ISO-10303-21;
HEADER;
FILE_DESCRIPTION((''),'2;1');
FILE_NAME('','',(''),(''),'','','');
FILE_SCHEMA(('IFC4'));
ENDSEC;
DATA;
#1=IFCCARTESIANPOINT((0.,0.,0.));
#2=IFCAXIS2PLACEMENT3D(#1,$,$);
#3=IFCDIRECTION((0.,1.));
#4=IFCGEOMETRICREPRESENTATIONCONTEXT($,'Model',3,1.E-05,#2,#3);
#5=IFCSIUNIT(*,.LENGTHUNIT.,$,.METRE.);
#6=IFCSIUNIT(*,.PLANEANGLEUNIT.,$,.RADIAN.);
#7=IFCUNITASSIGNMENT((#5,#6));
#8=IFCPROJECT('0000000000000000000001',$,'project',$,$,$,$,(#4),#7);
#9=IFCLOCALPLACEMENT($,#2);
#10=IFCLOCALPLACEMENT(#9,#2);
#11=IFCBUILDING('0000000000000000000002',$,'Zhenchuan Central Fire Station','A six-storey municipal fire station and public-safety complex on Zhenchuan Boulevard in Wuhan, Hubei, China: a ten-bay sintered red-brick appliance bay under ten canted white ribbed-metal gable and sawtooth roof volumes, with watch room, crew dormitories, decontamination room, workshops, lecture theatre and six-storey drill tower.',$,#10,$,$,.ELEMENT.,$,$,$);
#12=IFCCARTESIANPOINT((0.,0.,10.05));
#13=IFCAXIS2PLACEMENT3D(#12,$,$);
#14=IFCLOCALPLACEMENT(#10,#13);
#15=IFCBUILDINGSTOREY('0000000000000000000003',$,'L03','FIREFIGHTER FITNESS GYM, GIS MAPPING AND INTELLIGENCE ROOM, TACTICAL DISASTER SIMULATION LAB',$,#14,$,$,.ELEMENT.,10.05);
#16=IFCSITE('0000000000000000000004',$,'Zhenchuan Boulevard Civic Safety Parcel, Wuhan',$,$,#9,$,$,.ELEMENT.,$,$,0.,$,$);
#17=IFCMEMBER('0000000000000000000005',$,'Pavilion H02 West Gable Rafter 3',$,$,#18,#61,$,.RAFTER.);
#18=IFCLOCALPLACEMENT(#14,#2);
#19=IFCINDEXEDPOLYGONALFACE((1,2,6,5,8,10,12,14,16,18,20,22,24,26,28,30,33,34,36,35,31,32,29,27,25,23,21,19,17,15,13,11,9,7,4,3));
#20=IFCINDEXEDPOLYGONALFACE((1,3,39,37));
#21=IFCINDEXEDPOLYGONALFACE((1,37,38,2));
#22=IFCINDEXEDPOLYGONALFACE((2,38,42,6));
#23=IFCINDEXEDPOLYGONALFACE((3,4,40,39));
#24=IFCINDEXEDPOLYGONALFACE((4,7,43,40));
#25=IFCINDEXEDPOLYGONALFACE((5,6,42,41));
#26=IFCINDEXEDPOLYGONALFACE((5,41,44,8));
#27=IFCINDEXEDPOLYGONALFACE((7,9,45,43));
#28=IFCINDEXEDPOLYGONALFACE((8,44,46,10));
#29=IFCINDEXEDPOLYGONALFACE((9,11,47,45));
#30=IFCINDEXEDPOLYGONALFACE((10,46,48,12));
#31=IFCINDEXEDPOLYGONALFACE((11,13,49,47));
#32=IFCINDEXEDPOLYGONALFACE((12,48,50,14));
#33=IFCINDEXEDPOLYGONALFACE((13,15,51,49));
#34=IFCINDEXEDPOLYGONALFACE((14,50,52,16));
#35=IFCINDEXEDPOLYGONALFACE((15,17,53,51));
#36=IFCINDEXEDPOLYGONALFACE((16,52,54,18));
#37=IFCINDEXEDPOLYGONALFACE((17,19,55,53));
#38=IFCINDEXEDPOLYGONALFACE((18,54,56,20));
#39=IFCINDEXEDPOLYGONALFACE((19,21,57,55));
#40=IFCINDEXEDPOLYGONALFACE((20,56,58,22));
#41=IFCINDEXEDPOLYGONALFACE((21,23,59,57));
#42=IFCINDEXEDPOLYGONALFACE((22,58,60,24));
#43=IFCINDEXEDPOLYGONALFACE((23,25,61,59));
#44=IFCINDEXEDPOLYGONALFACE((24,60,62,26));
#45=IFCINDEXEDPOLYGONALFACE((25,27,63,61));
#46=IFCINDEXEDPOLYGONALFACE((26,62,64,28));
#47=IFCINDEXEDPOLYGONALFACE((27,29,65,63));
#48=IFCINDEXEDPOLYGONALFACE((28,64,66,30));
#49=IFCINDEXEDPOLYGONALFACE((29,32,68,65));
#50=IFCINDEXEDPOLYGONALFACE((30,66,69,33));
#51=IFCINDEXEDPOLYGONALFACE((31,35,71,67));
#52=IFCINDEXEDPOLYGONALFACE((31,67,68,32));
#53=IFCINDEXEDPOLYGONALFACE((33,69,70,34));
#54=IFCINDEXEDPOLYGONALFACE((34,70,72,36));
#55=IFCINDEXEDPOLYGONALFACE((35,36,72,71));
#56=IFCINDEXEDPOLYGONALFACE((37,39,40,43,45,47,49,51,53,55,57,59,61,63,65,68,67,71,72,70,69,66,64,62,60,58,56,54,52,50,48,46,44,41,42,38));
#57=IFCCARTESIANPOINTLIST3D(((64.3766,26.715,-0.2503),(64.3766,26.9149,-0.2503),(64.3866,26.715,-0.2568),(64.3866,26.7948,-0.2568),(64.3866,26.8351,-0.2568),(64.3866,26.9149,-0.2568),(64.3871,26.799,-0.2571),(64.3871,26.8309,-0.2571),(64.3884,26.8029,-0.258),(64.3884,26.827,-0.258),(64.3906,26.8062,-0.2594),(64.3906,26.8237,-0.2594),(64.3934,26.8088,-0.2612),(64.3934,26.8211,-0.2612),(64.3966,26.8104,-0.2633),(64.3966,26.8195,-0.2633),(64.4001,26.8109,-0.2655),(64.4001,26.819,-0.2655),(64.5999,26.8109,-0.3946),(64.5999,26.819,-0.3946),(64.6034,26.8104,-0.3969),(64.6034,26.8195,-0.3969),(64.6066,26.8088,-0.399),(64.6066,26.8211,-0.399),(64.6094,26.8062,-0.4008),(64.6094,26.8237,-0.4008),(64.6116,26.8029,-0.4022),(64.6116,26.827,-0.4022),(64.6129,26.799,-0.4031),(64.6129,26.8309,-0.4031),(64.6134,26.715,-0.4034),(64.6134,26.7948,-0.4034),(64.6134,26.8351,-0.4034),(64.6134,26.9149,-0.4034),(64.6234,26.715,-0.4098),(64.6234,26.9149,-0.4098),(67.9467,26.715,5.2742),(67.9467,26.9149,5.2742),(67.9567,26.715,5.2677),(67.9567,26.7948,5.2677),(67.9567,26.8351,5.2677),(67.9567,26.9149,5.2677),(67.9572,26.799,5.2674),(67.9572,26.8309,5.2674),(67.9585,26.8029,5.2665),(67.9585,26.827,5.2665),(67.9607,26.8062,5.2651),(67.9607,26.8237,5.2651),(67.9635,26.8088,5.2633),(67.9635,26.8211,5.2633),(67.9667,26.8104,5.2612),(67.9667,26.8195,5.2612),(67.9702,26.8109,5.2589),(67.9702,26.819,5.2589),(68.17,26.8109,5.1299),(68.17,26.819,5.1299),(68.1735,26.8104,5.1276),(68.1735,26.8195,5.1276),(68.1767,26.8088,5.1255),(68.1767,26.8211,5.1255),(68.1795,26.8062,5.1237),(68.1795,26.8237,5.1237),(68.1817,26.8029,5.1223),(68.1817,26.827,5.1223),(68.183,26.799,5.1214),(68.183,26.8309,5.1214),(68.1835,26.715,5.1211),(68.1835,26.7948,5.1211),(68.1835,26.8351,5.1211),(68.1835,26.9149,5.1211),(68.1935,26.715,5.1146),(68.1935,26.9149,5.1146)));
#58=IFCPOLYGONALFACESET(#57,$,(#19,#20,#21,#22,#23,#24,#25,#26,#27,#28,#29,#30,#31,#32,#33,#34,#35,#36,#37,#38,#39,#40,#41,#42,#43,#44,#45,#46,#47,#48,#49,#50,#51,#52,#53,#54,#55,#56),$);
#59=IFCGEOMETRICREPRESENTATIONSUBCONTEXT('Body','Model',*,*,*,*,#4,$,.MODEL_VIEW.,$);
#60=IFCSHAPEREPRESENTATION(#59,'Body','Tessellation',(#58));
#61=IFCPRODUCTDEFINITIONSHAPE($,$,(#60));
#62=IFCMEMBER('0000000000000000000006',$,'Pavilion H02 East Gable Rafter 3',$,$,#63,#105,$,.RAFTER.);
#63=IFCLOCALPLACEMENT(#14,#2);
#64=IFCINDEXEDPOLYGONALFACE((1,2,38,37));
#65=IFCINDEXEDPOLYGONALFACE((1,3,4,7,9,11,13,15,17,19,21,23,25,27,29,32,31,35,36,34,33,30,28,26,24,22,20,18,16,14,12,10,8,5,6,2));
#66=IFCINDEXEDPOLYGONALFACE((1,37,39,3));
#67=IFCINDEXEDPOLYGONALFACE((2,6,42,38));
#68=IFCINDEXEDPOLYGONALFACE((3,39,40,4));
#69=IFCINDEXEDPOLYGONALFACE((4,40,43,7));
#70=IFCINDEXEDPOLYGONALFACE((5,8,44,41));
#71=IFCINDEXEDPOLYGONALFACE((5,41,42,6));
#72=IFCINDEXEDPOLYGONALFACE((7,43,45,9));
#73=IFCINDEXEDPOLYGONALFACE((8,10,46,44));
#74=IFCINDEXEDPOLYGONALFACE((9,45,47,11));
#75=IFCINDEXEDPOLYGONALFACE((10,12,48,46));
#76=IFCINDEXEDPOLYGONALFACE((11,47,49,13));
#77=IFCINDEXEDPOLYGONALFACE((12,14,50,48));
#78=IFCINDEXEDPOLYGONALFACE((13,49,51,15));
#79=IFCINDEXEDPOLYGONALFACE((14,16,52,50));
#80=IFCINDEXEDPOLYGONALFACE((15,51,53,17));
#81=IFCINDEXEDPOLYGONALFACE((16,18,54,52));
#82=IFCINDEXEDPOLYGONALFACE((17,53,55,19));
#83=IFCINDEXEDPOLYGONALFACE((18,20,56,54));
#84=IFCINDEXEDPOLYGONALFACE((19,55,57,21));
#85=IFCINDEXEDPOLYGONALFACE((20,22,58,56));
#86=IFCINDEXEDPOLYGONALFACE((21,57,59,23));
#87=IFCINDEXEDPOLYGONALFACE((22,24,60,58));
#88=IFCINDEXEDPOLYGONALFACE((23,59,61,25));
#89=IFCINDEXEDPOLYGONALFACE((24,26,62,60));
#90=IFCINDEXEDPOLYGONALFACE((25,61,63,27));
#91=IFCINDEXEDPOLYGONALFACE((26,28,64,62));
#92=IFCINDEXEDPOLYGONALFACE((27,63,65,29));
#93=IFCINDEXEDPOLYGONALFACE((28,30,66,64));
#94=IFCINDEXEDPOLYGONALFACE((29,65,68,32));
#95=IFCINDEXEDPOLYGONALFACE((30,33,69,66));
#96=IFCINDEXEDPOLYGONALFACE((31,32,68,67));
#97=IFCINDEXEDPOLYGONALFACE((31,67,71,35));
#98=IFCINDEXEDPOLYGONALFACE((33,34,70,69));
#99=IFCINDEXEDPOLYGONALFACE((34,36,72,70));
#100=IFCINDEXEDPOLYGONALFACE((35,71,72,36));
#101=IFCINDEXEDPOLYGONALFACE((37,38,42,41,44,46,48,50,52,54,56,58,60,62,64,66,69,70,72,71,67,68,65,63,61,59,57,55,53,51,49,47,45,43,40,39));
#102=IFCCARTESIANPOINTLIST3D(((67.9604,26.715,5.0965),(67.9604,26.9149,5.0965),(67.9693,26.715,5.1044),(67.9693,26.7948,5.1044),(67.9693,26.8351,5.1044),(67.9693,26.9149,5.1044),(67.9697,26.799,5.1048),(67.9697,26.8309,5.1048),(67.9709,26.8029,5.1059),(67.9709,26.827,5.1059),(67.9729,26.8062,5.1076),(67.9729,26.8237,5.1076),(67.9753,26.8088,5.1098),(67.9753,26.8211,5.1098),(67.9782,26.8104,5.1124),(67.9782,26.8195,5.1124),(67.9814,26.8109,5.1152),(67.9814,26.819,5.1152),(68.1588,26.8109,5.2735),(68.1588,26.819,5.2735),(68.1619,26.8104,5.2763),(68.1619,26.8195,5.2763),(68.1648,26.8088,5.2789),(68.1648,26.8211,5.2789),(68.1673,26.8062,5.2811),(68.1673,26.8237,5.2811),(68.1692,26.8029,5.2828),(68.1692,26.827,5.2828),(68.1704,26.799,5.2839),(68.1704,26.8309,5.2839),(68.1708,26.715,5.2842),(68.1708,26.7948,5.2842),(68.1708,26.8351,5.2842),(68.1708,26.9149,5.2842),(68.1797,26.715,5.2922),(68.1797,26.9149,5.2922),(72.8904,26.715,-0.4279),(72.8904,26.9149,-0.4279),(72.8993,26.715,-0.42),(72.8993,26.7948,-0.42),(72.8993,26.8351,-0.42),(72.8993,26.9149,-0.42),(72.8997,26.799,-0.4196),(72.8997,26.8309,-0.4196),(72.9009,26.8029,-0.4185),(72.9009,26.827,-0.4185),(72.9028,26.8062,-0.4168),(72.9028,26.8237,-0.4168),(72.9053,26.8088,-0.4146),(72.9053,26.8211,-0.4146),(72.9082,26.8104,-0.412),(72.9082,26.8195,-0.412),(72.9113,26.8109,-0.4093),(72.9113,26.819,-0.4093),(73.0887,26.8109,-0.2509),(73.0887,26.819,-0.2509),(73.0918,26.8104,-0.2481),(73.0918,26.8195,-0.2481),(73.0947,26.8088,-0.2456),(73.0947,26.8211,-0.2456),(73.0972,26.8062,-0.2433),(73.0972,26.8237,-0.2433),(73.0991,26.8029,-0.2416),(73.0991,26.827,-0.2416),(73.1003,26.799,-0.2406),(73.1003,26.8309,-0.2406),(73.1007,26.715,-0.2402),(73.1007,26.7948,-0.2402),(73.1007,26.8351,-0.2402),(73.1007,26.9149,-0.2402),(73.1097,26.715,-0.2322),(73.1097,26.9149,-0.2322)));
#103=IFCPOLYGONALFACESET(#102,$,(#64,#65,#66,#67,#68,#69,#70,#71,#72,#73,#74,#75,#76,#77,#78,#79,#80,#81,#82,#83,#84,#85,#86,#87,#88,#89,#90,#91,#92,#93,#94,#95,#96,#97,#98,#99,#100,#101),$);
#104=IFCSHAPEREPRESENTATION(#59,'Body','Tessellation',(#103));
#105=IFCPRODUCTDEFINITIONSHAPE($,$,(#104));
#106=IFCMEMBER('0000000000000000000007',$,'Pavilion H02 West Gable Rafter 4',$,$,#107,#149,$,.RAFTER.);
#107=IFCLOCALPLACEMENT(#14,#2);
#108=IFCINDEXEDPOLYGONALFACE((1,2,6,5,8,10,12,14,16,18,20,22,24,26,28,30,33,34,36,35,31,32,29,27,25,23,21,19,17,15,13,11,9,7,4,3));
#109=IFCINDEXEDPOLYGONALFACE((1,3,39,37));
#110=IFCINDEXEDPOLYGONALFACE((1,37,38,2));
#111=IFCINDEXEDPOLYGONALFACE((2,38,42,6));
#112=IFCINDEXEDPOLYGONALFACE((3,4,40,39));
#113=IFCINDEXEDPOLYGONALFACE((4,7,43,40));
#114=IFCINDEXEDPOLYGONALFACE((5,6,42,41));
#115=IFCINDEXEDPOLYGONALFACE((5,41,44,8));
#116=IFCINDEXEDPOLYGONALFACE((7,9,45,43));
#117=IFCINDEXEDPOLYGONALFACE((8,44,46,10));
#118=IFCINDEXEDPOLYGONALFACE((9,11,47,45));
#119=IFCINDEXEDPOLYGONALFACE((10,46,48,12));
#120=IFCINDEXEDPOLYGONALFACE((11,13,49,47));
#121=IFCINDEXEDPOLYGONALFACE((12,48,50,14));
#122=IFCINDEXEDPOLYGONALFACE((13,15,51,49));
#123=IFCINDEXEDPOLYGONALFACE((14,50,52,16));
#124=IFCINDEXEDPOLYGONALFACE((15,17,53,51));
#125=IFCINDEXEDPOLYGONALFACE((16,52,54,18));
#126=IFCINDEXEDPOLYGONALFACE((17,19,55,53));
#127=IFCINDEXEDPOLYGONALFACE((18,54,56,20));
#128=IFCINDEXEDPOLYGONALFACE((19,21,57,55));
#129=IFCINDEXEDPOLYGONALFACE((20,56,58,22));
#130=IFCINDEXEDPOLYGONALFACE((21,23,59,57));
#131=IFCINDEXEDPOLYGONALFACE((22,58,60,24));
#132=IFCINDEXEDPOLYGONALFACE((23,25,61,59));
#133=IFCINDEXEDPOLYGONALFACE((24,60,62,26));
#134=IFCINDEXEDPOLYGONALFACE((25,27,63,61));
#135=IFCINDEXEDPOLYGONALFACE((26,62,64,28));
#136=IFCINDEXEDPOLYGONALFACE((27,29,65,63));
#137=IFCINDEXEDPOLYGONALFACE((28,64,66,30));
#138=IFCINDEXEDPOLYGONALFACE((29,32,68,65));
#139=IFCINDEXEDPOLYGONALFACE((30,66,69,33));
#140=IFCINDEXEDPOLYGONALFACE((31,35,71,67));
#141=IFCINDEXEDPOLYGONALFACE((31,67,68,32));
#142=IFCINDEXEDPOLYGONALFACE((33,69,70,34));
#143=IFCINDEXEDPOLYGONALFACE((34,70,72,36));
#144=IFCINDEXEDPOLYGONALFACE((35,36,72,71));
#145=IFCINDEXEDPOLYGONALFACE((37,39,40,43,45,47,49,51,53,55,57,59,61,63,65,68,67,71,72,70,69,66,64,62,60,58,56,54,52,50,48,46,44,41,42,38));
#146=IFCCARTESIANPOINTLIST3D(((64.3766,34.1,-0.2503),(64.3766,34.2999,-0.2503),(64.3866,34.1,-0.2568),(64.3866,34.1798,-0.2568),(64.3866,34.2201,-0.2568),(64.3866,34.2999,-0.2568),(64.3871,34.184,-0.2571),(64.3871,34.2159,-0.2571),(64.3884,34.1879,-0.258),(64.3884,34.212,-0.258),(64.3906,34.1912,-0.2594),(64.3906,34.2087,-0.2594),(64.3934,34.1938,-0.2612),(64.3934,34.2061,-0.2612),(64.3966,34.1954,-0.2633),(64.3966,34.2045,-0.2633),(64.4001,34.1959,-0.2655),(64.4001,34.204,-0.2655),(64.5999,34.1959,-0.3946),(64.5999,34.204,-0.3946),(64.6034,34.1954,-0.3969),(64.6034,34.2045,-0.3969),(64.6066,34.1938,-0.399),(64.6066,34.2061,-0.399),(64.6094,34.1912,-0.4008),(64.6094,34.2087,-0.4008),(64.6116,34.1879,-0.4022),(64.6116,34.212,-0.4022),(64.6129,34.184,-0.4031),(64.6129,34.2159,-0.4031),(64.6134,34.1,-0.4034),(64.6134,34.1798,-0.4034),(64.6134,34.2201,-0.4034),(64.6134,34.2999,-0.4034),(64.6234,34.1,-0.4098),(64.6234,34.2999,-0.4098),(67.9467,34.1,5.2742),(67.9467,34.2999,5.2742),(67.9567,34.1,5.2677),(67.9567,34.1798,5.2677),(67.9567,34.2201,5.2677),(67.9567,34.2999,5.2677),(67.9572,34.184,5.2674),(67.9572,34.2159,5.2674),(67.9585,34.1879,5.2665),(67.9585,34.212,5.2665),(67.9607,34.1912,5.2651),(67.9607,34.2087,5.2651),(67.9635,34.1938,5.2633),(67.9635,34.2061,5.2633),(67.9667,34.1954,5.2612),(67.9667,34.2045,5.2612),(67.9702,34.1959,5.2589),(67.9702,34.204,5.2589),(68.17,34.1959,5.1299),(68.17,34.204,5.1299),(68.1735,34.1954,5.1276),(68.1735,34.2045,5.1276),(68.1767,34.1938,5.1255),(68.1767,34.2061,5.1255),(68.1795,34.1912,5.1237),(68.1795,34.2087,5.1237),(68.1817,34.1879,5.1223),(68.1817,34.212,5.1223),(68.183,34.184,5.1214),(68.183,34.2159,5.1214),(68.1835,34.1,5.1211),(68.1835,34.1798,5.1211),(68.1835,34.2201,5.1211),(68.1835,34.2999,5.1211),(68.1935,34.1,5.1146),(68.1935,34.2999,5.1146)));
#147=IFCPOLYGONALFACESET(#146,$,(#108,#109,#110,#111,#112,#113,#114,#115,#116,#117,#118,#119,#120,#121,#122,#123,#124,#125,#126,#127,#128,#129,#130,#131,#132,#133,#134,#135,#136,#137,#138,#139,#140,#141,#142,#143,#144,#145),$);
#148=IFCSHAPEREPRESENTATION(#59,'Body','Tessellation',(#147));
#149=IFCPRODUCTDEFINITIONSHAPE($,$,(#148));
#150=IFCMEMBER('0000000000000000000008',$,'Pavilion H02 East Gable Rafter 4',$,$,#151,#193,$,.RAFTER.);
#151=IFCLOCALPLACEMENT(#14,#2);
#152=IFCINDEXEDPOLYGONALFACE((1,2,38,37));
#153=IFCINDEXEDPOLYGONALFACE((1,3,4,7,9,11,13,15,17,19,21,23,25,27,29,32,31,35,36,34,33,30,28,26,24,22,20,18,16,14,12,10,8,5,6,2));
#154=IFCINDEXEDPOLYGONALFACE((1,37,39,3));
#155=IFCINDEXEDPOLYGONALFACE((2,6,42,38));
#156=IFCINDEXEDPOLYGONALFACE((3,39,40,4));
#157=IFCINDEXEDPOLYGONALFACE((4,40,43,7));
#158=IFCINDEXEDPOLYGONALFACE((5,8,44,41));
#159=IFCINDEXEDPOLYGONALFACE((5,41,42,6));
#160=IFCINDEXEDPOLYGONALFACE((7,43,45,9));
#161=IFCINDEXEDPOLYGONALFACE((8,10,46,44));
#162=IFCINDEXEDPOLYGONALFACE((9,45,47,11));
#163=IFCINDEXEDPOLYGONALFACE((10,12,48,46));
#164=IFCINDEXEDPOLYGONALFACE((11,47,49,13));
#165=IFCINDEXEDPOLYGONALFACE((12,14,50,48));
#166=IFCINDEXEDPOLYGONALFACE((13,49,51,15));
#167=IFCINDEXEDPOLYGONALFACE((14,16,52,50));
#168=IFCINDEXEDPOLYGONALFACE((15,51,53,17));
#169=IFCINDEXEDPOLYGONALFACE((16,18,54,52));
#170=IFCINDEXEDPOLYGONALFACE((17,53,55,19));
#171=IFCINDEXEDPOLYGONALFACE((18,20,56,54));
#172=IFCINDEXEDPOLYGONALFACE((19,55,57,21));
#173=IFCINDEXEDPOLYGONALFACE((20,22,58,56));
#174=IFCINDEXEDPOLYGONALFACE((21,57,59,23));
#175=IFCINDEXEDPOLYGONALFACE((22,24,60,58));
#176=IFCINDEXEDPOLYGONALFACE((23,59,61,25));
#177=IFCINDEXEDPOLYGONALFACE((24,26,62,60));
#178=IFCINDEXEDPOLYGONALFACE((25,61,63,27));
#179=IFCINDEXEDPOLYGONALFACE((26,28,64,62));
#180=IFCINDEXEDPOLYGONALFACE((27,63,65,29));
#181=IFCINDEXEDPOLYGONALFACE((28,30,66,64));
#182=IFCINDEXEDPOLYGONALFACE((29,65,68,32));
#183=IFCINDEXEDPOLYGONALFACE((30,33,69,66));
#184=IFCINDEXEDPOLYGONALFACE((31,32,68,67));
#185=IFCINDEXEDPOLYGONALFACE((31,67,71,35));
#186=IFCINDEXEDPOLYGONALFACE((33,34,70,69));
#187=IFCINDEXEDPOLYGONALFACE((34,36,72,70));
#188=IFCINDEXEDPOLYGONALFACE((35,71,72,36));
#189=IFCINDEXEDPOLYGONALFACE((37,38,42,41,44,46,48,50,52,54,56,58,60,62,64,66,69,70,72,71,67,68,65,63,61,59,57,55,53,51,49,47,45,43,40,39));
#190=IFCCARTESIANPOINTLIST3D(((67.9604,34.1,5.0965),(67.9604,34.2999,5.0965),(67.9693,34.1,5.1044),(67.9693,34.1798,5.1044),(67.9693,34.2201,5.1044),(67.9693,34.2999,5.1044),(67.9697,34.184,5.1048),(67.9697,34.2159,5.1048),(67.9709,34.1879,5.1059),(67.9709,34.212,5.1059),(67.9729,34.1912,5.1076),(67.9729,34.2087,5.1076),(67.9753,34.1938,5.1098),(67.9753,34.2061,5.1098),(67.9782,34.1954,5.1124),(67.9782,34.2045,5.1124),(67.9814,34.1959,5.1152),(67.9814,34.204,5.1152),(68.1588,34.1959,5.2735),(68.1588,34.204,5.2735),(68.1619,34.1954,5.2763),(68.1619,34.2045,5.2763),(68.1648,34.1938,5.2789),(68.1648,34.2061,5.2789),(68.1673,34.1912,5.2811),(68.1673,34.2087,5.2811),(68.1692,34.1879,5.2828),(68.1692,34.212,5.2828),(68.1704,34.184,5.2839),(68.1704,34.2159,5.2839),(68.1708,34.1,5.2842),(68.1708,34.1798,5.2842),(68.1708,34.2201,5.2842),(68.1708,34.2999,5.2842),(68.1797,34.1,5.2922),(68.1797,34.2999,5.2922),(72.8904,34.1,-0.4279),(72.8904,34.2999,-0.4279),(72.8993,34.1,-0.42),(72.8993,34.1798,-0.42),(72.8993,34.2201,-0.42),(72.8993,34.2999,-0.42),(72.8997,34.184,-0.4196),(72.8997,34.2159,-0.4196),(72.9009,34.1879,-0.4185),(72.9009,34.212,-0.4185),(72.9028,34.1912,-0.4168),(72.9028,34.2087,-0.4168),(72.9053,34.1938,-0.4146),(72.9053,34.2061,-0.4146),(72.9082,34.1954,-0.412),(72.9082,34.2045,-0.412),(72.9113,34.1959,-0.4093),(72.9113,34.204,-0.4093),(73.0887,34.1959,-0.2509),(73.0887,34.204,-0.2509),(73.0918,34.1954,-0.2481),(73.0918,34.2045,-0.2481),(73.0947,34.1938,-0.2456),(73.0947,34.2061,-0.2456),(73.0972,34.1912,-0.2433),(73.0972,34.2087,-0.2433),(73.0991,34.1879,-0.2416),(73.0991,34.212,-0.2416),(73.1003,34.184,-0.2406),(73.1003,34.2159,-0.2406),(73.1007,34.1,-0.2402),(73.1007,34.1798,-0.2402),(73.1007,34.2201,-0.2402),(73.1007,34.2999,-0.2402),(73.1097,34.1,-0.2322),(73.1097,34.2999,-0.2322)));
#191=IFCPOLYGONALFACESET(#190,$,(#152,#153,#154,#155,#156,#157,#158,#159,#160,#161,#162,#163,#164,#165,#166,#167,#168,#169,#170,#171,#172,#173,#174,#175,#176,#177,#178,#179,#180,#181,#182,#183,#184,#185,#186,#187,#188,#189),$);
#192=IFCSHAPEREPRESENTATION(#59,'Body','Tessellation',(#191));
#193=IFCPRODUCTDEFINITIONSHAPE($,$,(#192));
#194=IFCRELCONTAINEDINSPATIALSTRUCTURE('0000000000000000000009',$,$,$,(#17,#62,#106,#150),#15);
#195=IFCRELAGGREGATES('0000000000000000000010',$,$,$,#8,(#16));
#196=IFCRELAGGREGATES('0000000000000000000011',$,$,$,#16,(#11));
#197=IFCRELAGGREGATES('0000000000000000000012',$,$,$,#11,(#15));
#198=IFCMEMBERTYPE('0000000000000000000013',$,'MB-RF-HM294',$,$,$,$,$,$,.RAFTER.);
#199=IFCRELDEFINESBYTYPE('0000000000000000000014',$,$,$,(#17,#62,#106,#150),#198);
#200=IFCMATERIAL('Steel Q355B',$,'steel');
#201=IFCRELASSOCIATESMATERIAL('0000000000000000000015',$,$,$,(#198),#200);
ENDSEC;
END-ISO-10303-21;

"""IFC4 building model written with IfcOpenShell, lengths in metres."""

from ifc_helpers import new_model, si_unit, direction, frame, origin, origin_2d, place, context, subcontext, project, spatial, i_section, extrude, material, material_profile, profile_set, type_object, element, save


model = new_model("IFC4")

# Units and contexts
model_context = context("Model", 3, precision=1e-05, world=origin(), true_north=direction((0.0, 1.0)))
body_context = subcontext(model_context, "Body", "Model", "MODEL_VIEW")
ifc_project = project(units=[si_unit("LENGTHUNIT", "METRE"), si_unit("PLANEANGLEUNIT", "RADIAN")], contexts=[model_context])

# Site, building, storey
site_placement = place(None, origin())
site = spatial("IfcSite", under=ifc_project, at=site_placement, Name="Zhenchuan Boulevard Civic Safety Parcel, Wuhan", CompositionType="ELEMENT", RefElevation=0.0)
building_placement = place(site_placement, origin())
building = spatial("IfcBuilding", under=site, at=building_placement, Name="Zhenchuan Central Fire Station", Description="A six-storey municipal fire station and public-safety complex on Zhenchuan Boulevard in Wuhan, Hubei, China: a ten-bay sintered red-brick appliance bay under ten canted white ribbed-metal gable and sawtooth roof volumes, with watch room, crew dormitories, decontamination room, workshops, lecture theatre and six-storey drill tower.", CompositionType="ELEMENT")
storey_placement = place(building_placement, frame((0.0, 0.0, 10.05)))
storey = spatial("IfcBuildingStorey", under=building, at=storey_placement, Name="L03", Description="FIREFIGHTER FITNESS GYM, GIS MAPPING AND INTELLIGENCE ROOM, TACTICAL DISASTER SIMULATION LAB", CompositionType="ELEMENT", Elevation=10.05)

# Members
ifc_material_1 = material(Name="Steel Q355B", Category="steel")
ifc_material_profile_1 = material_profile(ifc_material_1, i_section(OverallWidth=0.2, OverallDepth=0.2939, WebThickness=0.0081, FlangeThickness=0.012, FilletRadius=0.0161, at=origin_2d()), Name="HM 294x200")
ifc_profile_set_1 = profile_set([ifc_material_profile_1], Name="Steel Q355B")
member_type_1 = type_object("IfcMemberType", Name="MB-RF-HM294", PredefinedType="RAFTER", material=ifc_profile_set_1)
member_1_placement = place(storey_placement, frame((64.5, 26.8149, -0.3301), z_axis=(0.542763, 0.0, 0.839886), x_axis=(0.0, 1.0, 0.0)))
element("IfcMember", 1, at=member_1_placement, inside=storey, type_object=member_type_1, Name="Pavilion H02 West Gable Rafter 3", PredefinedType="RAFTER", context=body_context, shape_type="SweptSolid", body=[
    extrude(i_section(OverallWidth=0.2, OverallDepth=0.2939, WebThickness=0.0081, FlangeThickness=0.012, FilletRadius=0.0161, at=origin_2d()), origin(), (0.0, 0.0, 1.0), 6.5776),
])
member_2_placement = place(storey_placement, frame((68.0701, 26.8149, 5.1943), z_axis=(0.665822, 0.0, -0.746111), x_axis=(0.0, 1.0, 0.0)))
element("IfcMember", 2, at=member_2_placement, inside=storey, type_object=member_type_1, Name="Pavilion H02 East Gable Rafter 3", PredefinedType="RAFTER", context=body_context, shape_type="SweptSolid", body=[
    extrude(i_section(OverallWidth=0.2, OverallDepth=0.2939, WebThickness=0.0081, FlangeThickness=0.012, FilletRadius=0.0161, at=origin_2d()), origin(), (0.0, 0.0, 1.0), 7.4043),
])
member_3_placement = place(storey_placement, frame((64.5, 34.2, -0.3301), z_axis=(0.542763, 0.0, 0.839886), x_axis=(0.0, 1.0, 0.0)))
element("IfcMember", 3, at=member_3_placement, inside=storey, type_object=member_type_1, Name="Pavilion H02 West Gable Rafter 4", PredefinedType="RAFTER", context=body_context, shape_type="SweptSolid", body=[
    extrude(i_section(OverallWidth=0.2, OverallDepth=0.2939, WebThickness=0.0081, FlangeThickness=0.012, FilletRadius=0.0161, at=origin_2d()), origin(), (0.0, 0.0, 1.0), 6.5776),
])
member_4_placement = place(storey_placement, frame((68.0701, 34.2, 5.1943), z_axis=(0.665822, 0.0, -0.746111), x_axis=(0.0, 1.0, 0.0)))
element("IfcMember", 4, at=member_4_placement, inside=storey, type_object=member_type_1, Name="Pavilion H02 East Gable Rafter 4", PredefinedType="RAFTER", context=body_context, shape_type="SweptSolid", body=[
    extrude(i_section(OverallWidth=0.2, OverallDepth=0.2939, WebThickness=0.0081, FlangeThickness=0.012, FilletRadius=0.0161, at=origin_2d()), origin(), (0.0, 0.0, 1.0), 7.4043),
])

save(model, "model.ifc")
